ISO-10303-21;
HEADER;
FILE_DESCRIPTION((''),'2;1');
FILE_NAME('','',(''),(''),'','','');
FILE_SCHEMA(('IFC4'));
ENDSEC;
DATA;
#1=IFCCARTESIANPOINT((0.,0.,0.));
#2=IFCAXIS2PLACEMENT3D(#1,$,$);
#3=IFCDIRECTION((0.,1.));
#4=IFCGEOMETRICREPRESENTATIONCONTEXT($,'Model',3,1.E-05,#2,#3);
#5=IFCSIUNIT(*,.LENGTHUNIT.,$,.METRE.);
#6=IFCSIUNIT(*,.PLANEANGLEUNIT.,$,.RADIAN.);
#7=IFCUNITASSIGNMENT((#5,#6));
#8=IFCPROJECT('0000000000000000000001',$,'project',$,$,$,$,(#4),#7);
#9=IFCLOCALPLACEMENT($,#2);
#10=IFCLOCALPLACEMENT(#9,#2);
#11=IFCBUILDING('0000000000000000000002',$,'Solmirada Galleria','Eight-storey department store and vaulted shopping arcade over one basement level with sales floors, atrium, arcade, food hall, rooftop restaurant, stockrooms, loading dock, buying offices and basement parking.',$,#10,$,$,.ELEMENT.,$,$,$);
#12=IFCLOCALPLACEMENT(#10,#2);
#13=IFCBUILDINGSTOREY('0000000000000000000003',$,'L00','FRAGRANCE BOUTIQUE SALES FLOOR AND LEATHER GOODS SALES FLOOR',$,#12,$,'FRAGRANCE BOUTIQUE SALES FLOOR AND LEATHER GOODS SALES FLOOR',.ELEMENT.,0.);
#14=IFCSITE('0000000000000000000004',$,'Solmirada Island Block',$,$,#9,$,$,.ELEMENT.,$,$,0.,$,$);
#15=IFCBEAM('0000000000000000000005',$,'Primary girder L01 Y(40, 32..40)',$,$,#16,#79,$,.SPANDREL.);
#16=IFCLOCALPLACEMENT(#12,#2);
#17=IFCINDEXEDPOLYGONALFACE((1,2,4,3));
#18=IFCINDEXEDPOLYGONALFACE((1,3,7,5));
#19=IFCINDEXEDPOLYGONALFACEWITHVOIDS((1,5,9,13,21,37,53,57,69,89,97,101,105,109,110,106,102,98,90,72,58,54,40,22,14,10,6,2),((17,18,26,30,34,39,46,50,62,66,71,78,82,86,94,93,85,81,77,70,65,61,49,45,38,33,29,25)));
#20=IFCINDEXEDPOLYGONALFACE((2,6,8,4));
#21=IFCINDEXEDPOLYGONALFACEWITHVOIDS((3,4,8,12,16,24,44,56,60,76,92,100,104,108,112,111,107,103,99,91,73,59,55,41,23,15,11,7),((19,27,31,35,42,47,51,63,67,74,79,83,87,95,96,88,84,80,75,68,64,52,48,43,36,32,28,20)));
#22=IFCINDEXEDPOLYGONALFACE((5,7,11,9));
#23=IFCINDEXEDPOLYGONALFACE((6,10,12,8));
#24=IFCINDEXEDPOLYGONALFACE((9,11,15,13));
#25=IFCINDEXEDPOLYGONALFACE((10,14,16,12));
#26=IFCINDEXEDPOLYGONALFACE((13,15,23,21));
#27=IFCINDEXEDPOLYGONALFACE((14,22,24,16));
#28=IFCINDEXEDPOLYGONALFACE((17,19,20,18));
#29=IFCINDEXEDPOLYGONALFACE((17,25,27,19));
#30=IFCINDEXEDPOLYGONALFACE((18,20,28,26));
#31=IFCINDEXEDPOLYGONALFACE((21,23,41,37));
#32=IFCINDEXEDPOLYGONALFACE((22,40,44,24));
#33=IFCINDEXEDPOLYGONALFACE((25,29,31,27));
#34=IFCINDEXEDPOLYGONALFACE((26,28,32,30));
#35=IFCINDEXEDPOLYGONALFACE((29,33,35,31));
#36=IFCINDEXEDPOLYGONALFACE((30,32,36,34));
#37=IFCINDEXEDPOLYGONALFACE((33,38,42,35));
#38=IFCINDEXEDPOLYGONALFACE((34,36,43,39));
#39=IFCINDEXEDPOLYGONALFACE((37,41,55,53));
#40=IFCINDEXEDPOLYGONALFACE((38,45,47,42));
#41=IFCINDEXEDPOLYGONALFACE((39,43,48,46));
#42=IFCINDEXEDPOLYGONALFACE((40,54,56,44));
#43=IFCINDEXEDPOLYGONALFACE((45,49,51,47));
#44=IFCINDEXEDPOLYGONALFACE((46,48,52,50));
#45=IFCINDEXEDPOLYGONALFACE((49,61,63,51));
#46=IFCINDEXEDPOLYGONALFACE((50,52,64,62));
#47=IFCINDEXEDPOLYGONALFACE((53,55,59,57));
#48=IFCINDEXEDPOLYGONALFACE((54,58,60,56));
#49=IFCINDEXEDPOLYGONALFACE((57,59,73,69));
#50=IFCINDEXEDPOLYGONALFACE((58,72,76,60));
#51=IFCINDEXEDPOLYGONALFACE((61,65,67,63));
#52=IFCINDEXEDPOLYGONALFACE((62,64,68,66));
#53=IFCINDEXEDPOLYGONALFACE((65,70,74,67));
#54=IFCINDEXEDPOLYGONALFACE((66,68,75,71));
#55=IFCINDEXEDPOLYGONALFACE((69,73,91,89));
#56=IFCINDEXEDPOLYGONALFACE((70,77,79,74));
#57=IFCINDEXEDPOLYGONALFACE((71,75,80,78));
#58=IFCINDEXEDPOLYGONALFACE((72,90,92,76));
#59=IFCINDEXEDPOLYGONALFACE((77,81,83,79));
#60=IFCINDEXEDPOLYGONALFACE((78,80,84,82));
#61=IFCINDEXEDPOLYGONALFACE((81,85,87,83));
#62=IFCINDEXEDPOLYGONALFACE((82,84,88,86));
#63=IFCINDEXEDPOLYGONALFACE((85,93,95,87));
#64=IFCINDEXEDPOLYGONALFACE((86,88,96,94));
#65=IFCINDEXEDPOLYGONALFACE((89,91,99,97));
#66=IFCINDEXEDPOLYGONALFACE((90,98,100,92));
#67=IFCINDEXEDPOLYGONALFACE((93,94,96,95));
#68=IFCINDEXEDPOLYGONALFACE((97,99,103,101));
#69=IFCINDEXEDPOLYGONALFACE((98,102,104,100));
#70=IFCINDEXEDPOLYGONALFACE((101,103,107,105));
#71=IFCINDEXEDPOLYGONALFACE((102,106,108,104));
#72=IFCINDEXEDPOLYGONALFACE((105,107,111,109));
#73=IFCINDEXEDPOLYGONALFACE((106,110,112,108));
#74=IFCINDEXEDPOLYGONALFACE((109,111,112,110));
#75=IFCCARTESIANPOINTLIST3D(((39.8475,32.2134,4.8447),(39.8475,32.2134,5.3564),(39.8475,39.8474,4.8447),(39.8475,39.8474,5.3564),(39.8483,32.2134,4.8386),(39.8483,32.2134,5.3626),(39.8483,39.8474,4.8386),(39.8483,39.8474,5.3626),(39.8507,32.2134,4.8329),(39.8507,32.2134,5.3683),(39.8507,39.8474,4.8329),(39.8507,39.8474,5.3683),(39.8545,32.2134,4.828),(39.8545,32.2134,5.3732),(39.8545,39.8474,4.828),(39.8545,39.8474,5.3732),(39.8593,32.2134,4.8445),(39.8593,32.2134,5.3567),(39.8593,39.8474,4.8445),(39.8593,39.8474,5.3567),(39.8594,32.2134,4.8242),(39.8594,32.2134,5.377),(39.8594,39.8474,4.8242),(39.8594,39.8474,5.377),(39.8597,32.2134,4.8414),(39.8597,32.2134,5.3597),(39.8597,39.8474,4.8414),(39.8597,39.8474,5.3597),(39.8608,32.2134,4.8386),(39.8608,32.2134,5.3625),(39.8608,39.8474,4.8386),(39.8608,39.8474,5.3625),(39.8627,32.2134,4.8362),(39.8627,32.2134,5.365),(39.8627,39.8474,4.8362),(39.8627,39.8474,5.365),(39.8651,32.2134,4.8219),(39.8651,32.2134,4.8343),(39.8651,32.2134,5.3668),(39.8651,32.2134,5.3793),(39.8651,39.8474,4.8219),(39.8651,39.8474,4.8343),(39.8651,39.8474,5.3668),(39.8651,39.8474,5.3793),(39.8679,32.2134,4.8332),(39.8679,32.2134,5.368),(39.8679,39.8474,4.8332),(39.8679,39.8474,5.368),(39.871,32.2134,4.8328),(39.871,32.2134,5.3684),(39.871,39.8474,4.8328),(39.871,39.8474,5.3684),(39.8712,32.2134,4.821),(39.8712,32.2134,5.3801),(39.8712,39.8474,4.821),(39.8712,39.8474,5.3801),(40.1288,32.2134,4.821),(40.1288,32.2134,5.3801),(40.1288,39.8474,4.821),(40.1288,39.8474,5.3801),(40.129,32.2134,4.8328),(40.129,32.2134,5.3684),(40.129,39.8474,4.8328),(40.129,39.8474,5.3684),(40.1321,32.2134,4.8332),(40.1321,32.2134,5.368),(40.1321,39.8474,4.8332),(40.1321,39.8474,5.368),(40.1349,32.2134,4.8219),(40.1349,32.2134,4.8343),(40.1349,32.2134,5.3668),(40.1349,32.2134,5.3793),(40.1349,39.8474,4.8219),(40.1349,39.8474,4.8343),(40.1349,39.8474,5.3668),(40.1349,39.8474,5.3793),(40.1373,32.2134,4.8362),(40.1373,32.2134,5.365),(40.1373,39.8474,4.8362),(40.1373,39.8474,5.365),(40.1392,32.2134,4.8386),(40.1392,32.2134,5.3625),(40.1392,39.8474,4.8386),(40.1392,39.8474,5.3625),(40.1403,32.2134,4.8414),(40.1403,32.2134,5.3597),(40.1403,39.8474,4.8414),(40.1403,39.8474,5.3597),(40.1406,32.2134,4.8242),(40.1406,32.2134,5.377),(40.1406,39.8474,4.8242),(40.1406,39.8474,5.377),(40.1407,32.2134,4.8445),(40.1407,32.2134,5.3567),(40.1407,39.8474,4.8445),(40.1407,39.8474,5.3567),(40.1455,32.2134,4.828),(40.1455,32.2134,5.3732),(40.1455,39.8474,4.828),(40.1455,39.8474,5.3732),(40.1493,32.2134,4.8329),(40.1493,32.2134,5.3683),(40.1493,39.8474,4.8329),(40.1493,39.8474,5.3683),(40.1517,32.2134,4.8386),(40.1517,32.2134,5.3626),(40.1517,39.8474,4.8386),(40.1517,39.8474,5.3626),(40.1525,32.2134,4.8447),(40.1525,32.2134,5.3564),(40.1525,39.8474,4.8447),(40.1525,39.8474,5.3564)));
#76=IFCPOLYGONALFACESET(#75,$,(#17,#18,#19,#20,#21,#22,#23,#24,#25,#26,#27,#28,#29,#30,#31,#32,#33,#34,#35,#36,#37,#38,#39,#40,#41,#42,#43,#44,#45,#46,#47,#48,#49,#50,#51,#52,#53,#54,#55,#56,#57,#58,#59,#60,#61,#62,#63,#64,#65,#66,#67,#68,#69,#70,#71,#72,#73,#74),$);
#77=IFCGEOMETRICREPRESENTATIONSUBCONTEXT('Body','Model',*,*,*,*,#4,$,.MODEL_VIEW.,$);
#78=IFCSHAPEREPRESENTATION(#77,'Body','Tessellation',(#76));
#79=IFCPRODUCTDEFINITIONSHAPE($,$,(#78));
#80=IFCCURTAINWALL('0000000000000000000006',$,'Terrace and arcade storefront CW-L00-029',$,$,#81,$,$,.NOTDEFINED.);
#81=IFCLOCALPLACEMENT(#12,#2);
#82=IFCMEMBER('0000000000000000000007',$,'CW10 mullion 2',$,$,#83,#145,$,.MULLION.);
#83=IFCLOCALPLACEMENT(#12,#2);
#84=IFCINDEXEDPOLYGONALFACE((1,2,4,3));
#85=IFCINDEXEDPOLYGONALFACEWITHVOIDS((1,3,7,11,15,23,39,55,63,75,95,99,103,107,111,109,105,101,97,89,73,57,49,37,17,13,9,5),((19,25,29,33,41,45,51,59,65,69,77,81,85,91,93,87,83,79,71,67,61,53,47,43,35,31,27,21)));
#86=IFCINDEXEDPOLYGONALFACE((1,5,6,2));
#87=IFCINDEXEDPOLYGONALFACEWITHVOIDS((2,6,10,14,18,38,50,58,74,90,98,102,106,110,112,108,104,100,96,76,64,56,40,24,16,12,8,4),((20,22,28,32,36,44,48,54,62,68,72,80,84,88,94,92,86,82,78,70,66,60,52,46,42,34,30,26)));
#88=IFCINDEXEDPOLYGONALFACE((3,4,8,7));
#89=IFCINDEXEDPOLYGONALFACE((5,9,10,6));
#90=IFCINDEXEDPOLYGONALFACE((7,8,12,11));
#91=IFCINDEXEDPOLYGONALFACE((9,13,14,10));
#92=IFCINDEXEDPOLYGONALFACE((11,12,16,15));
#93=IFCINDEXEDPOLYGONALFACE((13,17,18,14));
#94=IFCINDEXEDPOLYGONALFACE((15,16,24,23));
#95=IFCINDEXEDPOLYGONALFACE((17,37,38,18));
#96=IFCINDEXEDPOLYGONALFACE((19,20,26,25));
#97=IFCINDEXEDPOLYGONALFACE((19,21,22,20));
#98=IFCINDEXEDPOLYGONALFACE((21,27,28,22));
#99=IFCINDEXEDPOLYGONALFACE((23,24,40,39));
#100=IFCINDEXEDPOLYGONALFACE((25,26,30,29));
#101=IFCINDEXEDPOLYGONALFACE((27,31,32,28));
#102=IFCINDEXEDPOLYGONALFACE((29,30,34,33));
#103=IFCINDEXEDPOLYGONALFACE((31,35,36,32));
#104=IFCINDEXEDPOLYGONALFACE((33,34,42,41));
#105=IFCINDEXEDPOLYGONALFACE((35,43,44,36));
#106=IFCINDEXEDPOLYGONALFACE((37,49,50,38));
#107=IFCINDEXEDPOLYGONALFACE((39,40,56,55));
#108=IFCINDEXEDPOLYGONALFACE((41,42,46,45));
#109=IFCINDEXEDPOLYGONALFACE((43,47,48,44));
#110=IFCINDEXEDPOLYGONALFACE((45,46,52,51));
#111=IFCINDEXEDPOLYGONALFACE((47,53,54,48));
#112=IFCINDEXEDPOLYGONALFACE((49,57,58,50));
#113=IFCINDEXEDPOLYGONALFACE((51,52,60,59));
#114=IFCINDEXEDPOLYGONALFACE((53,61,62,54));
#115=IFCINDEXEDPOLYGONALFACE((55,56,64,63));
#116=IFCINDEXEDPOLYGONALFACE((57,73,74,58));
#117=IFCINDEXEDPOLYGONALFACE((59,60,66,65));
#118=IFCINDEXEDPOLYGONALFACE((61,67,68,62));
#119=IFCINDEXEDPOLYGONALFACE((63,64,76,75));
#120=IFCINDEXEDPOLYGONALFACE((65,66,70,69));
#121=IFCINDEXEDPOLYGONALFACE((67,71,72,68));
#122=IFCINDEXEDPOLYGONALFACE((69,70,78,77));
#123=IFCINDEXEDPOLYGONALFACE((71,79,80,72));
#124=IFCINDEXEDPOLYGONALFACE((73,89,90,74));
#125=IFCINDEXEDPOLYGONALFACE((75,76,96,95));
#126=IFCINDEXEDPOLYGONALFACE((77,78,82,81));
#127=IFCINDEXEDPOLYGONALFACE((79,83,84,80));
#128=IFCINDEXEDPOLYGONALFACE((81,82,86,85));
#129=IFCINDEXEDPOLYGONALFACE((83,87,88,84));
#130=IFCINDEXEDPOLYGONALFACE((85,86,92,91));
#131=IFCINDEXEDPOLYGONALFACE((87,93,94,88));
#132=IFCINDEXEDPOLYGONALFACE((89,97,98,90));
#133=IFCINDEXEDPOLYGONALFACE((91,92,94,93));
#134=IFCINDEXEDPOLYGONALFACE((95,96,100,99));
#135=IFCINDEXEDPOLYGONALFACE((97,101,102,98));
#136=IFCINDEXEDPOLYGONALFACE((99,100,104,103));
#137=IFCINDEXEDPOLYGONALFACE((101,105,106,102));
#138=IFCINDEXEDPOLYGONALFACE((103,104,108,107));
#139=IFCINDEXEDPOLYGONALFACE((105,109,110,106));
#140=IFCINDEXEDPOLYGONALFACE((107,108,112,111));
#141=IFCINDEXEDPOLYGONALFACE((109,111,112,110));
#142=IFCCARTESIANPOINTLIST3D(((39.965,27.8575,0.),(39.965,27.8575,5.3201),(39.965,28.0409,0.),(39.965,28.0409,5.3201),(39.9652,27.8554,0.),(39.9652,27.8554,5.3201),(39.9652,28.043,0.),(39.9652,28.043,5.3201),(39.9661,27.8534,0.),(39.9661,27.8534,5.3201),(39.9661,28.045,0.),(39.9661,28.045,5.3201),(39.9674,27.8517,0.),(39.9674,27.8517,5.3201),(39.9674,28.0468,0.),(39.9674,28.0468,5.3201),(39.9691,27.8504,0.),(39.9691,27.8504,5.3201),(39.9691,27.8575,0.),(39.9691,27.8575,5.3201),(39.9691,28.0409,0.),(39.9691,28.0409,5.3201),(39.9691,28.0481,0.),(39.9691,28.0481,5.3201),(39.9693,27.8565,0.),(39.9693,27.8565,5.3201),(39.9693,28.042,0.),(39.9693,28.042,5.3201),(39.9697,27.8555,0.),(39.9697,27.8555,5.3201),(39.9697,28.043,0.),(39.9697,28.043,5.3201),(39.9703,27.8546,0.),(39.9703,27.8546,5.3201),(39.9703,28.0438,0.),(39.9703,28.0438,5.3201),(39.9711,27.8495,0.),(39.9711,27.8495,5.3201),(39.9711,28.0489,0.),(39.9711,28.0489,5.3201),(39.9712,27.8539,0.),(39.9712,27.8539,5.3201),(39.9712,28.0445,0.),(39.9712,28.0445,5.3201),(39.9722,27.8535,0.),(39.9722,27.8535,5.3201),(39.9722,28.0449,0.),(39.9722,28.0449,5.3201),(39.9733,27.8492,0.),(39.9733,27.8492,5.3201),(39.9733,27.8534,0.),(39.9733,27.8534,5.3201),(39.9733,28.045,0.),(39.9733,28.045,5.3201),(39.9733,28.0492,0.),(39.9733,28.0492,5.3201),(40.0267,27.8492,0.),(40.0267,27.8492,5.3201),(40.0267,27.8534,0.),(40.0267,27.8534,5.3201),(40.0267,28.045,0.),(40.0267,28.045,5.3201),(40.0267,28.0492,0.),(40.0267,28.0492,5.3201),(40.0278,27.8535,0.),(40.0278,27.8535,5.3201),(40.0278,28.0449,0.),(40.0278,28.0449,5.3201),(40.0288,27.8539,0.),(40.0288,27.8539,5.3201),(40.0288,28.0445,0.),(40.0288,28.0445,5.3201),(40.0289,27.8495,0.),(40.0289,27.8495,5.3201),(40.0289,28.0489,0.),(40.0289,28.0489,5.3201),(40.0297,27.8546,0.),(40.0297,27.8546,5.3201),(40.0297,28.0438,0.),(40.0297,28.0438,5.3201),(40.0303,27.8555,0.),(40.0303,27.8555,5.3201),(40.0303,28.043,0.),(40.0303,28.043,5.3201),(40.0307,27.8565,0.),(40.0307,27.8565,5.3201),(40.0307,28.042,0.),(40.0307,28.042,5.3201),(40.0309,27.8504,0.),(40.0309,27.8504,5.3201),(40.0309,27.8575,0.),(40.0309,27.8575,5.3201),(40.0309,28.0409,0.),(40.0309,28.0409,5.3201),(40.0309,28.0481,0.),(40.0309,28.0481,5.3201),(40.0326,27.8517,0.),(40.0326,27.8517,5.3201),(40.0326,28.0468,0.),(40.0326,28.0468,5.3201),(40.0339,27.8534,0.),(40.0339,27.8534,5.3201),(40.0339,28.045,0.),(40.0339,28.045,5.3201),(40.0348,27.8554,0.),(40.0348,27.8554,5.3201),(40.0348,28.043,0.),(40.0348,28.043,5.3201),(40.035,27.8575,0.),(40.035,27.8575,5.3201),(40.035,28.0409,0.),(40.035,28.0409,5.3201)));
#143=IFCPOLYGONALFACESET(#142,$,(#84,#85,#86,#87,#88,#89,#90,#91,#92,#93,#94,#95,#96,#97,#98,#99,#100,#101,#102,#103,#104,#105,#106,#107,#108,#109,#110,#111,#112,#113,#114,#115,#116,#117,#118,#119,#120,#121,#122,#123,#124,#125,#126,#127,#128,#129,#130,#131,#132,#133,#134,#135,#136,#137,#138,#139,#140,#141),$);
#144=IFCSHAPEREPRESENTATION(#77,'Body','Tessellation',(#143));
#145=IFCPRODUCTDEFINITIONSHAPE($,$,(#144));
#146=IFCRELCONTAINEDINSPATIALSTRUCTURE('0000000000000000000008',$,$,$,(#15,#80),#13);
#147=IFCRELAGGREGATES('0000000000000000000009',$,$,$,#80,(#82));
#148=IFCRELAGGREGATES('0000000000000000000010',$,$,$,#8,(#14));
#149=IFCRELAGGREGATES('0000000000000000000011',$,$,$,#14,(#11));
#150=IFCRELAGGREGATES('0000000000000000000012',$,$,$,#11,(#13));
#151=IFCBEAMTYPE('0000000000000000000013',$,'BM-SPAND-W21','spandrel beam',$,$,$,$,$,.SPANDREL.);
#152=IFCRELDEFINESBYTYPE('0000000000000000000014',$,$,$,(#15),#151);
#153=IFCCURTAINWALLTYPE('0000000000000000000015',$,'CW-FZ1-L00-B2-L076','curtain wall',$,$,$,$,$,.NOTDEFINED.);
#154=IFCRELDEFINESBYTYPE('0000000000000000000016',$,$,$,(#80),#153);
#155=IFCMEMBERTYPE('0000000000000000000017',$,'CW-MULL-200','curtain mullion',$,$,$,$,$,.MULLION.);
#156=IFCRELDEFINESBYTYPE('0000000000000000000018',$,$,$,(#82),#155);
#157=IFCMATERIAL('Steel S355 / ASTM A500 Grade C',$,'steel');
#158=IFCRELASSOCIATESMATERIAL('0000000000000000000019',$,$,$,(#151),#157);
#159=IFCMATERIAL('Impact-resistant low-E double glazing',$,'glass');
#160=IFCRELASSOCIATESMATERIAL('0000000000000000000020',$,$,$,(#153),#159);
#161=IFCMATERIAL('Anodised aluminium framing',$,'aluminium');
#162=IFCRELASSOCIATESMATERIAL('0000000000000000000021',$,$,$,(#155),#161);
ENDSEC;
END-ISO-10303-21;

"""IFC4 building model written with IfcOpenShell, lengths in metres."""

from ifc_helpers import new_model, si_unit, direction, frame, origin, origin_2d, place, context, subcontext, project, spatial, hollow_rectangle, extrude, material, material_profile, profile_set, type_object, element, aggregate, save


model = new_model("IFC4")

# Units and contexts
model_context = context("Model", 3, precision=1e-05, world=origin(), true_north=direction((0.0, 1.0)))
body_context = subcontext(model_context, "Body", "Model", "MODEL_VIEW")
ifc_project = project(units=[si_unit("LENGTHUNIT", "METRE"), si_unit("PLANEANGLEUNIT", "RADIAN")], contexts=[model_context])

# Site, building, storey
site_placement = place(None, origin())
site = spatial("IfcSite", under=ifc_project, at=site_placement, Name="Solmirada Island Block", CompositionType="ELEMENT", RefElevation=0.0)
building_placement = place(site_placement, origin())
building = spatial("IfcBuilding", under=site, at=building_placement, Name="Solmirada Galleria", Description="Eight-storey department store and vaulted shopping arcade over one basement level with sales floors, atrium, arcade, food hall, rooftop restaurant, stockrooms, loading dock, buying offices and basement parking.", CompositionType="ELEMENT")
storey_placement = place(building_placement, origin())
storey = spatial("IfcBuildingStorey", under=building, at=storey_placement, Name="L00", Description="FRAGRANCE BOUTIQUE SALES FLOOR AND LEATHER GOODS SALES FLOOR", LongName="FRAGRANCE BOUTIQUE SALES FLOOR AND LEATHER GOODS SALES FLOOR", CompositionType="ELEMENT", Elevation=0.0)

# Shared definitions
ifc_material_1 = material(Name="Steel S355 / ASTM A500 Grade C", Category="steel")

# Beam
ifc_material_profile_1 = material_profile(ifc_material_1, hollow_rectangle(XDim=0.3049, YDim=0.5591, WallThickness=0.0117, InnerFilletRadius=0.0117, OuterFilletRadius=0.0237, at=origin_2d()), Name="HSS22X12X1/2")
ifc_profile_set_1 = profile_set([ifc_material_profile_1], Name="Steel S355 / ASTM A500 Grade C")
beam_type_1 = type_object("IfcBeamType", Name="BM-SPAND-W21", Description="spandrel beam", PredefinedType="SPANDREL", material=ifc_profile_set_1)
beam_1_placement = place(storey_placement, frame((40.0, 32.2134, 5.1006), z_axis=(0.0, 1.0, 0.0), x_axis=(-1.0, 0.0, 0.0)))
element("IfcBeam", 1, at=beam_1_placement, inside=storey, type_object=beam_type_1, Name="Primary girder L01 Y(40, 32..40)", PredefinedType="SPANDREL", context=body_context, shape_type="SweptSolid", body=[
    extrude(hollow_rectangle(XDim=0.3049, YDim=0.5591, WallThickness=0.0117, InnerFilletRadius=0.0117, OuterFilletRadius=0.0237, at=origin_2d()), origin(), (0.0, 0.0, 1.0), 7.634),
])

# Curtain wall, member
ifc_material_2 = material(Name="Impact-resistant low-E double glazing", Category="glass")
curtain_wall_type = type_object("IfcCurtainWallType", Name="CW-FZ1-L00-B2-L076", Description="curtain wall", PredefinedType="NOTDEFINED", material=ifc_material_2)
curtain_wall_1_placement = place(storey_placement, origin())
curtain_wall_1 = element("IfcCurtainWall", 2, at=curtain_wall_1_placement, inside=storey, type_object=curtain_wall_type, Name="Terrace and arcade storefront CW-L00-029", PredefinedType="NOTDEFINED")
ifc_material_3 = material(Name="Anodised aluminium framing", Category="aluminium")
ifc_material_profile_2 = material_profile(ifc_material_3, hollow_rectangle(XDim=0.0701, YDim=0.2, WallThickness=0.0042, InnerFilletRadius=0.0042, OuterFilletRadius=0.0083, at=origin_2d()), Name="ALU-MULL-200X70")
ifc_profile_set_2 = profile_set([ifc_material_profile_2], Name="Anodised aluminium framing")
member_type_1 = type_object("IfcMemberType", Name="CW-MULL-200", Description="curtain mullion", PredefinedType="MULLION", material=ifc_profile_set_2)
member_1_placement = place(storey_placement, frame((40.0, 27.9492, 0.0), z_axis=(0.0, 0.0, 1.0), x_axis=(-1.0, 0.0, 0.0)))
member_1 = element("IfcMember", 3, at=member_1_placement, type_object=member_type_1, Name="CW10 mullion 2", PredefinedType="MULLION", context=body_context, shape_type="SweptSolid", body=[
    extrude(hollow_rectangle(XDim=0.0701, YDim=0.2, WallThickness=0.0042, InnerFilletRadius=0.0042, OuterFilletRadius=0.0083, at=origin_2d()), origin(), (0.0, 0.0, 1.0), 5.3201),
])

aggregate(curtain_wall_1, [member_1])

save(model, "model.ifc")
